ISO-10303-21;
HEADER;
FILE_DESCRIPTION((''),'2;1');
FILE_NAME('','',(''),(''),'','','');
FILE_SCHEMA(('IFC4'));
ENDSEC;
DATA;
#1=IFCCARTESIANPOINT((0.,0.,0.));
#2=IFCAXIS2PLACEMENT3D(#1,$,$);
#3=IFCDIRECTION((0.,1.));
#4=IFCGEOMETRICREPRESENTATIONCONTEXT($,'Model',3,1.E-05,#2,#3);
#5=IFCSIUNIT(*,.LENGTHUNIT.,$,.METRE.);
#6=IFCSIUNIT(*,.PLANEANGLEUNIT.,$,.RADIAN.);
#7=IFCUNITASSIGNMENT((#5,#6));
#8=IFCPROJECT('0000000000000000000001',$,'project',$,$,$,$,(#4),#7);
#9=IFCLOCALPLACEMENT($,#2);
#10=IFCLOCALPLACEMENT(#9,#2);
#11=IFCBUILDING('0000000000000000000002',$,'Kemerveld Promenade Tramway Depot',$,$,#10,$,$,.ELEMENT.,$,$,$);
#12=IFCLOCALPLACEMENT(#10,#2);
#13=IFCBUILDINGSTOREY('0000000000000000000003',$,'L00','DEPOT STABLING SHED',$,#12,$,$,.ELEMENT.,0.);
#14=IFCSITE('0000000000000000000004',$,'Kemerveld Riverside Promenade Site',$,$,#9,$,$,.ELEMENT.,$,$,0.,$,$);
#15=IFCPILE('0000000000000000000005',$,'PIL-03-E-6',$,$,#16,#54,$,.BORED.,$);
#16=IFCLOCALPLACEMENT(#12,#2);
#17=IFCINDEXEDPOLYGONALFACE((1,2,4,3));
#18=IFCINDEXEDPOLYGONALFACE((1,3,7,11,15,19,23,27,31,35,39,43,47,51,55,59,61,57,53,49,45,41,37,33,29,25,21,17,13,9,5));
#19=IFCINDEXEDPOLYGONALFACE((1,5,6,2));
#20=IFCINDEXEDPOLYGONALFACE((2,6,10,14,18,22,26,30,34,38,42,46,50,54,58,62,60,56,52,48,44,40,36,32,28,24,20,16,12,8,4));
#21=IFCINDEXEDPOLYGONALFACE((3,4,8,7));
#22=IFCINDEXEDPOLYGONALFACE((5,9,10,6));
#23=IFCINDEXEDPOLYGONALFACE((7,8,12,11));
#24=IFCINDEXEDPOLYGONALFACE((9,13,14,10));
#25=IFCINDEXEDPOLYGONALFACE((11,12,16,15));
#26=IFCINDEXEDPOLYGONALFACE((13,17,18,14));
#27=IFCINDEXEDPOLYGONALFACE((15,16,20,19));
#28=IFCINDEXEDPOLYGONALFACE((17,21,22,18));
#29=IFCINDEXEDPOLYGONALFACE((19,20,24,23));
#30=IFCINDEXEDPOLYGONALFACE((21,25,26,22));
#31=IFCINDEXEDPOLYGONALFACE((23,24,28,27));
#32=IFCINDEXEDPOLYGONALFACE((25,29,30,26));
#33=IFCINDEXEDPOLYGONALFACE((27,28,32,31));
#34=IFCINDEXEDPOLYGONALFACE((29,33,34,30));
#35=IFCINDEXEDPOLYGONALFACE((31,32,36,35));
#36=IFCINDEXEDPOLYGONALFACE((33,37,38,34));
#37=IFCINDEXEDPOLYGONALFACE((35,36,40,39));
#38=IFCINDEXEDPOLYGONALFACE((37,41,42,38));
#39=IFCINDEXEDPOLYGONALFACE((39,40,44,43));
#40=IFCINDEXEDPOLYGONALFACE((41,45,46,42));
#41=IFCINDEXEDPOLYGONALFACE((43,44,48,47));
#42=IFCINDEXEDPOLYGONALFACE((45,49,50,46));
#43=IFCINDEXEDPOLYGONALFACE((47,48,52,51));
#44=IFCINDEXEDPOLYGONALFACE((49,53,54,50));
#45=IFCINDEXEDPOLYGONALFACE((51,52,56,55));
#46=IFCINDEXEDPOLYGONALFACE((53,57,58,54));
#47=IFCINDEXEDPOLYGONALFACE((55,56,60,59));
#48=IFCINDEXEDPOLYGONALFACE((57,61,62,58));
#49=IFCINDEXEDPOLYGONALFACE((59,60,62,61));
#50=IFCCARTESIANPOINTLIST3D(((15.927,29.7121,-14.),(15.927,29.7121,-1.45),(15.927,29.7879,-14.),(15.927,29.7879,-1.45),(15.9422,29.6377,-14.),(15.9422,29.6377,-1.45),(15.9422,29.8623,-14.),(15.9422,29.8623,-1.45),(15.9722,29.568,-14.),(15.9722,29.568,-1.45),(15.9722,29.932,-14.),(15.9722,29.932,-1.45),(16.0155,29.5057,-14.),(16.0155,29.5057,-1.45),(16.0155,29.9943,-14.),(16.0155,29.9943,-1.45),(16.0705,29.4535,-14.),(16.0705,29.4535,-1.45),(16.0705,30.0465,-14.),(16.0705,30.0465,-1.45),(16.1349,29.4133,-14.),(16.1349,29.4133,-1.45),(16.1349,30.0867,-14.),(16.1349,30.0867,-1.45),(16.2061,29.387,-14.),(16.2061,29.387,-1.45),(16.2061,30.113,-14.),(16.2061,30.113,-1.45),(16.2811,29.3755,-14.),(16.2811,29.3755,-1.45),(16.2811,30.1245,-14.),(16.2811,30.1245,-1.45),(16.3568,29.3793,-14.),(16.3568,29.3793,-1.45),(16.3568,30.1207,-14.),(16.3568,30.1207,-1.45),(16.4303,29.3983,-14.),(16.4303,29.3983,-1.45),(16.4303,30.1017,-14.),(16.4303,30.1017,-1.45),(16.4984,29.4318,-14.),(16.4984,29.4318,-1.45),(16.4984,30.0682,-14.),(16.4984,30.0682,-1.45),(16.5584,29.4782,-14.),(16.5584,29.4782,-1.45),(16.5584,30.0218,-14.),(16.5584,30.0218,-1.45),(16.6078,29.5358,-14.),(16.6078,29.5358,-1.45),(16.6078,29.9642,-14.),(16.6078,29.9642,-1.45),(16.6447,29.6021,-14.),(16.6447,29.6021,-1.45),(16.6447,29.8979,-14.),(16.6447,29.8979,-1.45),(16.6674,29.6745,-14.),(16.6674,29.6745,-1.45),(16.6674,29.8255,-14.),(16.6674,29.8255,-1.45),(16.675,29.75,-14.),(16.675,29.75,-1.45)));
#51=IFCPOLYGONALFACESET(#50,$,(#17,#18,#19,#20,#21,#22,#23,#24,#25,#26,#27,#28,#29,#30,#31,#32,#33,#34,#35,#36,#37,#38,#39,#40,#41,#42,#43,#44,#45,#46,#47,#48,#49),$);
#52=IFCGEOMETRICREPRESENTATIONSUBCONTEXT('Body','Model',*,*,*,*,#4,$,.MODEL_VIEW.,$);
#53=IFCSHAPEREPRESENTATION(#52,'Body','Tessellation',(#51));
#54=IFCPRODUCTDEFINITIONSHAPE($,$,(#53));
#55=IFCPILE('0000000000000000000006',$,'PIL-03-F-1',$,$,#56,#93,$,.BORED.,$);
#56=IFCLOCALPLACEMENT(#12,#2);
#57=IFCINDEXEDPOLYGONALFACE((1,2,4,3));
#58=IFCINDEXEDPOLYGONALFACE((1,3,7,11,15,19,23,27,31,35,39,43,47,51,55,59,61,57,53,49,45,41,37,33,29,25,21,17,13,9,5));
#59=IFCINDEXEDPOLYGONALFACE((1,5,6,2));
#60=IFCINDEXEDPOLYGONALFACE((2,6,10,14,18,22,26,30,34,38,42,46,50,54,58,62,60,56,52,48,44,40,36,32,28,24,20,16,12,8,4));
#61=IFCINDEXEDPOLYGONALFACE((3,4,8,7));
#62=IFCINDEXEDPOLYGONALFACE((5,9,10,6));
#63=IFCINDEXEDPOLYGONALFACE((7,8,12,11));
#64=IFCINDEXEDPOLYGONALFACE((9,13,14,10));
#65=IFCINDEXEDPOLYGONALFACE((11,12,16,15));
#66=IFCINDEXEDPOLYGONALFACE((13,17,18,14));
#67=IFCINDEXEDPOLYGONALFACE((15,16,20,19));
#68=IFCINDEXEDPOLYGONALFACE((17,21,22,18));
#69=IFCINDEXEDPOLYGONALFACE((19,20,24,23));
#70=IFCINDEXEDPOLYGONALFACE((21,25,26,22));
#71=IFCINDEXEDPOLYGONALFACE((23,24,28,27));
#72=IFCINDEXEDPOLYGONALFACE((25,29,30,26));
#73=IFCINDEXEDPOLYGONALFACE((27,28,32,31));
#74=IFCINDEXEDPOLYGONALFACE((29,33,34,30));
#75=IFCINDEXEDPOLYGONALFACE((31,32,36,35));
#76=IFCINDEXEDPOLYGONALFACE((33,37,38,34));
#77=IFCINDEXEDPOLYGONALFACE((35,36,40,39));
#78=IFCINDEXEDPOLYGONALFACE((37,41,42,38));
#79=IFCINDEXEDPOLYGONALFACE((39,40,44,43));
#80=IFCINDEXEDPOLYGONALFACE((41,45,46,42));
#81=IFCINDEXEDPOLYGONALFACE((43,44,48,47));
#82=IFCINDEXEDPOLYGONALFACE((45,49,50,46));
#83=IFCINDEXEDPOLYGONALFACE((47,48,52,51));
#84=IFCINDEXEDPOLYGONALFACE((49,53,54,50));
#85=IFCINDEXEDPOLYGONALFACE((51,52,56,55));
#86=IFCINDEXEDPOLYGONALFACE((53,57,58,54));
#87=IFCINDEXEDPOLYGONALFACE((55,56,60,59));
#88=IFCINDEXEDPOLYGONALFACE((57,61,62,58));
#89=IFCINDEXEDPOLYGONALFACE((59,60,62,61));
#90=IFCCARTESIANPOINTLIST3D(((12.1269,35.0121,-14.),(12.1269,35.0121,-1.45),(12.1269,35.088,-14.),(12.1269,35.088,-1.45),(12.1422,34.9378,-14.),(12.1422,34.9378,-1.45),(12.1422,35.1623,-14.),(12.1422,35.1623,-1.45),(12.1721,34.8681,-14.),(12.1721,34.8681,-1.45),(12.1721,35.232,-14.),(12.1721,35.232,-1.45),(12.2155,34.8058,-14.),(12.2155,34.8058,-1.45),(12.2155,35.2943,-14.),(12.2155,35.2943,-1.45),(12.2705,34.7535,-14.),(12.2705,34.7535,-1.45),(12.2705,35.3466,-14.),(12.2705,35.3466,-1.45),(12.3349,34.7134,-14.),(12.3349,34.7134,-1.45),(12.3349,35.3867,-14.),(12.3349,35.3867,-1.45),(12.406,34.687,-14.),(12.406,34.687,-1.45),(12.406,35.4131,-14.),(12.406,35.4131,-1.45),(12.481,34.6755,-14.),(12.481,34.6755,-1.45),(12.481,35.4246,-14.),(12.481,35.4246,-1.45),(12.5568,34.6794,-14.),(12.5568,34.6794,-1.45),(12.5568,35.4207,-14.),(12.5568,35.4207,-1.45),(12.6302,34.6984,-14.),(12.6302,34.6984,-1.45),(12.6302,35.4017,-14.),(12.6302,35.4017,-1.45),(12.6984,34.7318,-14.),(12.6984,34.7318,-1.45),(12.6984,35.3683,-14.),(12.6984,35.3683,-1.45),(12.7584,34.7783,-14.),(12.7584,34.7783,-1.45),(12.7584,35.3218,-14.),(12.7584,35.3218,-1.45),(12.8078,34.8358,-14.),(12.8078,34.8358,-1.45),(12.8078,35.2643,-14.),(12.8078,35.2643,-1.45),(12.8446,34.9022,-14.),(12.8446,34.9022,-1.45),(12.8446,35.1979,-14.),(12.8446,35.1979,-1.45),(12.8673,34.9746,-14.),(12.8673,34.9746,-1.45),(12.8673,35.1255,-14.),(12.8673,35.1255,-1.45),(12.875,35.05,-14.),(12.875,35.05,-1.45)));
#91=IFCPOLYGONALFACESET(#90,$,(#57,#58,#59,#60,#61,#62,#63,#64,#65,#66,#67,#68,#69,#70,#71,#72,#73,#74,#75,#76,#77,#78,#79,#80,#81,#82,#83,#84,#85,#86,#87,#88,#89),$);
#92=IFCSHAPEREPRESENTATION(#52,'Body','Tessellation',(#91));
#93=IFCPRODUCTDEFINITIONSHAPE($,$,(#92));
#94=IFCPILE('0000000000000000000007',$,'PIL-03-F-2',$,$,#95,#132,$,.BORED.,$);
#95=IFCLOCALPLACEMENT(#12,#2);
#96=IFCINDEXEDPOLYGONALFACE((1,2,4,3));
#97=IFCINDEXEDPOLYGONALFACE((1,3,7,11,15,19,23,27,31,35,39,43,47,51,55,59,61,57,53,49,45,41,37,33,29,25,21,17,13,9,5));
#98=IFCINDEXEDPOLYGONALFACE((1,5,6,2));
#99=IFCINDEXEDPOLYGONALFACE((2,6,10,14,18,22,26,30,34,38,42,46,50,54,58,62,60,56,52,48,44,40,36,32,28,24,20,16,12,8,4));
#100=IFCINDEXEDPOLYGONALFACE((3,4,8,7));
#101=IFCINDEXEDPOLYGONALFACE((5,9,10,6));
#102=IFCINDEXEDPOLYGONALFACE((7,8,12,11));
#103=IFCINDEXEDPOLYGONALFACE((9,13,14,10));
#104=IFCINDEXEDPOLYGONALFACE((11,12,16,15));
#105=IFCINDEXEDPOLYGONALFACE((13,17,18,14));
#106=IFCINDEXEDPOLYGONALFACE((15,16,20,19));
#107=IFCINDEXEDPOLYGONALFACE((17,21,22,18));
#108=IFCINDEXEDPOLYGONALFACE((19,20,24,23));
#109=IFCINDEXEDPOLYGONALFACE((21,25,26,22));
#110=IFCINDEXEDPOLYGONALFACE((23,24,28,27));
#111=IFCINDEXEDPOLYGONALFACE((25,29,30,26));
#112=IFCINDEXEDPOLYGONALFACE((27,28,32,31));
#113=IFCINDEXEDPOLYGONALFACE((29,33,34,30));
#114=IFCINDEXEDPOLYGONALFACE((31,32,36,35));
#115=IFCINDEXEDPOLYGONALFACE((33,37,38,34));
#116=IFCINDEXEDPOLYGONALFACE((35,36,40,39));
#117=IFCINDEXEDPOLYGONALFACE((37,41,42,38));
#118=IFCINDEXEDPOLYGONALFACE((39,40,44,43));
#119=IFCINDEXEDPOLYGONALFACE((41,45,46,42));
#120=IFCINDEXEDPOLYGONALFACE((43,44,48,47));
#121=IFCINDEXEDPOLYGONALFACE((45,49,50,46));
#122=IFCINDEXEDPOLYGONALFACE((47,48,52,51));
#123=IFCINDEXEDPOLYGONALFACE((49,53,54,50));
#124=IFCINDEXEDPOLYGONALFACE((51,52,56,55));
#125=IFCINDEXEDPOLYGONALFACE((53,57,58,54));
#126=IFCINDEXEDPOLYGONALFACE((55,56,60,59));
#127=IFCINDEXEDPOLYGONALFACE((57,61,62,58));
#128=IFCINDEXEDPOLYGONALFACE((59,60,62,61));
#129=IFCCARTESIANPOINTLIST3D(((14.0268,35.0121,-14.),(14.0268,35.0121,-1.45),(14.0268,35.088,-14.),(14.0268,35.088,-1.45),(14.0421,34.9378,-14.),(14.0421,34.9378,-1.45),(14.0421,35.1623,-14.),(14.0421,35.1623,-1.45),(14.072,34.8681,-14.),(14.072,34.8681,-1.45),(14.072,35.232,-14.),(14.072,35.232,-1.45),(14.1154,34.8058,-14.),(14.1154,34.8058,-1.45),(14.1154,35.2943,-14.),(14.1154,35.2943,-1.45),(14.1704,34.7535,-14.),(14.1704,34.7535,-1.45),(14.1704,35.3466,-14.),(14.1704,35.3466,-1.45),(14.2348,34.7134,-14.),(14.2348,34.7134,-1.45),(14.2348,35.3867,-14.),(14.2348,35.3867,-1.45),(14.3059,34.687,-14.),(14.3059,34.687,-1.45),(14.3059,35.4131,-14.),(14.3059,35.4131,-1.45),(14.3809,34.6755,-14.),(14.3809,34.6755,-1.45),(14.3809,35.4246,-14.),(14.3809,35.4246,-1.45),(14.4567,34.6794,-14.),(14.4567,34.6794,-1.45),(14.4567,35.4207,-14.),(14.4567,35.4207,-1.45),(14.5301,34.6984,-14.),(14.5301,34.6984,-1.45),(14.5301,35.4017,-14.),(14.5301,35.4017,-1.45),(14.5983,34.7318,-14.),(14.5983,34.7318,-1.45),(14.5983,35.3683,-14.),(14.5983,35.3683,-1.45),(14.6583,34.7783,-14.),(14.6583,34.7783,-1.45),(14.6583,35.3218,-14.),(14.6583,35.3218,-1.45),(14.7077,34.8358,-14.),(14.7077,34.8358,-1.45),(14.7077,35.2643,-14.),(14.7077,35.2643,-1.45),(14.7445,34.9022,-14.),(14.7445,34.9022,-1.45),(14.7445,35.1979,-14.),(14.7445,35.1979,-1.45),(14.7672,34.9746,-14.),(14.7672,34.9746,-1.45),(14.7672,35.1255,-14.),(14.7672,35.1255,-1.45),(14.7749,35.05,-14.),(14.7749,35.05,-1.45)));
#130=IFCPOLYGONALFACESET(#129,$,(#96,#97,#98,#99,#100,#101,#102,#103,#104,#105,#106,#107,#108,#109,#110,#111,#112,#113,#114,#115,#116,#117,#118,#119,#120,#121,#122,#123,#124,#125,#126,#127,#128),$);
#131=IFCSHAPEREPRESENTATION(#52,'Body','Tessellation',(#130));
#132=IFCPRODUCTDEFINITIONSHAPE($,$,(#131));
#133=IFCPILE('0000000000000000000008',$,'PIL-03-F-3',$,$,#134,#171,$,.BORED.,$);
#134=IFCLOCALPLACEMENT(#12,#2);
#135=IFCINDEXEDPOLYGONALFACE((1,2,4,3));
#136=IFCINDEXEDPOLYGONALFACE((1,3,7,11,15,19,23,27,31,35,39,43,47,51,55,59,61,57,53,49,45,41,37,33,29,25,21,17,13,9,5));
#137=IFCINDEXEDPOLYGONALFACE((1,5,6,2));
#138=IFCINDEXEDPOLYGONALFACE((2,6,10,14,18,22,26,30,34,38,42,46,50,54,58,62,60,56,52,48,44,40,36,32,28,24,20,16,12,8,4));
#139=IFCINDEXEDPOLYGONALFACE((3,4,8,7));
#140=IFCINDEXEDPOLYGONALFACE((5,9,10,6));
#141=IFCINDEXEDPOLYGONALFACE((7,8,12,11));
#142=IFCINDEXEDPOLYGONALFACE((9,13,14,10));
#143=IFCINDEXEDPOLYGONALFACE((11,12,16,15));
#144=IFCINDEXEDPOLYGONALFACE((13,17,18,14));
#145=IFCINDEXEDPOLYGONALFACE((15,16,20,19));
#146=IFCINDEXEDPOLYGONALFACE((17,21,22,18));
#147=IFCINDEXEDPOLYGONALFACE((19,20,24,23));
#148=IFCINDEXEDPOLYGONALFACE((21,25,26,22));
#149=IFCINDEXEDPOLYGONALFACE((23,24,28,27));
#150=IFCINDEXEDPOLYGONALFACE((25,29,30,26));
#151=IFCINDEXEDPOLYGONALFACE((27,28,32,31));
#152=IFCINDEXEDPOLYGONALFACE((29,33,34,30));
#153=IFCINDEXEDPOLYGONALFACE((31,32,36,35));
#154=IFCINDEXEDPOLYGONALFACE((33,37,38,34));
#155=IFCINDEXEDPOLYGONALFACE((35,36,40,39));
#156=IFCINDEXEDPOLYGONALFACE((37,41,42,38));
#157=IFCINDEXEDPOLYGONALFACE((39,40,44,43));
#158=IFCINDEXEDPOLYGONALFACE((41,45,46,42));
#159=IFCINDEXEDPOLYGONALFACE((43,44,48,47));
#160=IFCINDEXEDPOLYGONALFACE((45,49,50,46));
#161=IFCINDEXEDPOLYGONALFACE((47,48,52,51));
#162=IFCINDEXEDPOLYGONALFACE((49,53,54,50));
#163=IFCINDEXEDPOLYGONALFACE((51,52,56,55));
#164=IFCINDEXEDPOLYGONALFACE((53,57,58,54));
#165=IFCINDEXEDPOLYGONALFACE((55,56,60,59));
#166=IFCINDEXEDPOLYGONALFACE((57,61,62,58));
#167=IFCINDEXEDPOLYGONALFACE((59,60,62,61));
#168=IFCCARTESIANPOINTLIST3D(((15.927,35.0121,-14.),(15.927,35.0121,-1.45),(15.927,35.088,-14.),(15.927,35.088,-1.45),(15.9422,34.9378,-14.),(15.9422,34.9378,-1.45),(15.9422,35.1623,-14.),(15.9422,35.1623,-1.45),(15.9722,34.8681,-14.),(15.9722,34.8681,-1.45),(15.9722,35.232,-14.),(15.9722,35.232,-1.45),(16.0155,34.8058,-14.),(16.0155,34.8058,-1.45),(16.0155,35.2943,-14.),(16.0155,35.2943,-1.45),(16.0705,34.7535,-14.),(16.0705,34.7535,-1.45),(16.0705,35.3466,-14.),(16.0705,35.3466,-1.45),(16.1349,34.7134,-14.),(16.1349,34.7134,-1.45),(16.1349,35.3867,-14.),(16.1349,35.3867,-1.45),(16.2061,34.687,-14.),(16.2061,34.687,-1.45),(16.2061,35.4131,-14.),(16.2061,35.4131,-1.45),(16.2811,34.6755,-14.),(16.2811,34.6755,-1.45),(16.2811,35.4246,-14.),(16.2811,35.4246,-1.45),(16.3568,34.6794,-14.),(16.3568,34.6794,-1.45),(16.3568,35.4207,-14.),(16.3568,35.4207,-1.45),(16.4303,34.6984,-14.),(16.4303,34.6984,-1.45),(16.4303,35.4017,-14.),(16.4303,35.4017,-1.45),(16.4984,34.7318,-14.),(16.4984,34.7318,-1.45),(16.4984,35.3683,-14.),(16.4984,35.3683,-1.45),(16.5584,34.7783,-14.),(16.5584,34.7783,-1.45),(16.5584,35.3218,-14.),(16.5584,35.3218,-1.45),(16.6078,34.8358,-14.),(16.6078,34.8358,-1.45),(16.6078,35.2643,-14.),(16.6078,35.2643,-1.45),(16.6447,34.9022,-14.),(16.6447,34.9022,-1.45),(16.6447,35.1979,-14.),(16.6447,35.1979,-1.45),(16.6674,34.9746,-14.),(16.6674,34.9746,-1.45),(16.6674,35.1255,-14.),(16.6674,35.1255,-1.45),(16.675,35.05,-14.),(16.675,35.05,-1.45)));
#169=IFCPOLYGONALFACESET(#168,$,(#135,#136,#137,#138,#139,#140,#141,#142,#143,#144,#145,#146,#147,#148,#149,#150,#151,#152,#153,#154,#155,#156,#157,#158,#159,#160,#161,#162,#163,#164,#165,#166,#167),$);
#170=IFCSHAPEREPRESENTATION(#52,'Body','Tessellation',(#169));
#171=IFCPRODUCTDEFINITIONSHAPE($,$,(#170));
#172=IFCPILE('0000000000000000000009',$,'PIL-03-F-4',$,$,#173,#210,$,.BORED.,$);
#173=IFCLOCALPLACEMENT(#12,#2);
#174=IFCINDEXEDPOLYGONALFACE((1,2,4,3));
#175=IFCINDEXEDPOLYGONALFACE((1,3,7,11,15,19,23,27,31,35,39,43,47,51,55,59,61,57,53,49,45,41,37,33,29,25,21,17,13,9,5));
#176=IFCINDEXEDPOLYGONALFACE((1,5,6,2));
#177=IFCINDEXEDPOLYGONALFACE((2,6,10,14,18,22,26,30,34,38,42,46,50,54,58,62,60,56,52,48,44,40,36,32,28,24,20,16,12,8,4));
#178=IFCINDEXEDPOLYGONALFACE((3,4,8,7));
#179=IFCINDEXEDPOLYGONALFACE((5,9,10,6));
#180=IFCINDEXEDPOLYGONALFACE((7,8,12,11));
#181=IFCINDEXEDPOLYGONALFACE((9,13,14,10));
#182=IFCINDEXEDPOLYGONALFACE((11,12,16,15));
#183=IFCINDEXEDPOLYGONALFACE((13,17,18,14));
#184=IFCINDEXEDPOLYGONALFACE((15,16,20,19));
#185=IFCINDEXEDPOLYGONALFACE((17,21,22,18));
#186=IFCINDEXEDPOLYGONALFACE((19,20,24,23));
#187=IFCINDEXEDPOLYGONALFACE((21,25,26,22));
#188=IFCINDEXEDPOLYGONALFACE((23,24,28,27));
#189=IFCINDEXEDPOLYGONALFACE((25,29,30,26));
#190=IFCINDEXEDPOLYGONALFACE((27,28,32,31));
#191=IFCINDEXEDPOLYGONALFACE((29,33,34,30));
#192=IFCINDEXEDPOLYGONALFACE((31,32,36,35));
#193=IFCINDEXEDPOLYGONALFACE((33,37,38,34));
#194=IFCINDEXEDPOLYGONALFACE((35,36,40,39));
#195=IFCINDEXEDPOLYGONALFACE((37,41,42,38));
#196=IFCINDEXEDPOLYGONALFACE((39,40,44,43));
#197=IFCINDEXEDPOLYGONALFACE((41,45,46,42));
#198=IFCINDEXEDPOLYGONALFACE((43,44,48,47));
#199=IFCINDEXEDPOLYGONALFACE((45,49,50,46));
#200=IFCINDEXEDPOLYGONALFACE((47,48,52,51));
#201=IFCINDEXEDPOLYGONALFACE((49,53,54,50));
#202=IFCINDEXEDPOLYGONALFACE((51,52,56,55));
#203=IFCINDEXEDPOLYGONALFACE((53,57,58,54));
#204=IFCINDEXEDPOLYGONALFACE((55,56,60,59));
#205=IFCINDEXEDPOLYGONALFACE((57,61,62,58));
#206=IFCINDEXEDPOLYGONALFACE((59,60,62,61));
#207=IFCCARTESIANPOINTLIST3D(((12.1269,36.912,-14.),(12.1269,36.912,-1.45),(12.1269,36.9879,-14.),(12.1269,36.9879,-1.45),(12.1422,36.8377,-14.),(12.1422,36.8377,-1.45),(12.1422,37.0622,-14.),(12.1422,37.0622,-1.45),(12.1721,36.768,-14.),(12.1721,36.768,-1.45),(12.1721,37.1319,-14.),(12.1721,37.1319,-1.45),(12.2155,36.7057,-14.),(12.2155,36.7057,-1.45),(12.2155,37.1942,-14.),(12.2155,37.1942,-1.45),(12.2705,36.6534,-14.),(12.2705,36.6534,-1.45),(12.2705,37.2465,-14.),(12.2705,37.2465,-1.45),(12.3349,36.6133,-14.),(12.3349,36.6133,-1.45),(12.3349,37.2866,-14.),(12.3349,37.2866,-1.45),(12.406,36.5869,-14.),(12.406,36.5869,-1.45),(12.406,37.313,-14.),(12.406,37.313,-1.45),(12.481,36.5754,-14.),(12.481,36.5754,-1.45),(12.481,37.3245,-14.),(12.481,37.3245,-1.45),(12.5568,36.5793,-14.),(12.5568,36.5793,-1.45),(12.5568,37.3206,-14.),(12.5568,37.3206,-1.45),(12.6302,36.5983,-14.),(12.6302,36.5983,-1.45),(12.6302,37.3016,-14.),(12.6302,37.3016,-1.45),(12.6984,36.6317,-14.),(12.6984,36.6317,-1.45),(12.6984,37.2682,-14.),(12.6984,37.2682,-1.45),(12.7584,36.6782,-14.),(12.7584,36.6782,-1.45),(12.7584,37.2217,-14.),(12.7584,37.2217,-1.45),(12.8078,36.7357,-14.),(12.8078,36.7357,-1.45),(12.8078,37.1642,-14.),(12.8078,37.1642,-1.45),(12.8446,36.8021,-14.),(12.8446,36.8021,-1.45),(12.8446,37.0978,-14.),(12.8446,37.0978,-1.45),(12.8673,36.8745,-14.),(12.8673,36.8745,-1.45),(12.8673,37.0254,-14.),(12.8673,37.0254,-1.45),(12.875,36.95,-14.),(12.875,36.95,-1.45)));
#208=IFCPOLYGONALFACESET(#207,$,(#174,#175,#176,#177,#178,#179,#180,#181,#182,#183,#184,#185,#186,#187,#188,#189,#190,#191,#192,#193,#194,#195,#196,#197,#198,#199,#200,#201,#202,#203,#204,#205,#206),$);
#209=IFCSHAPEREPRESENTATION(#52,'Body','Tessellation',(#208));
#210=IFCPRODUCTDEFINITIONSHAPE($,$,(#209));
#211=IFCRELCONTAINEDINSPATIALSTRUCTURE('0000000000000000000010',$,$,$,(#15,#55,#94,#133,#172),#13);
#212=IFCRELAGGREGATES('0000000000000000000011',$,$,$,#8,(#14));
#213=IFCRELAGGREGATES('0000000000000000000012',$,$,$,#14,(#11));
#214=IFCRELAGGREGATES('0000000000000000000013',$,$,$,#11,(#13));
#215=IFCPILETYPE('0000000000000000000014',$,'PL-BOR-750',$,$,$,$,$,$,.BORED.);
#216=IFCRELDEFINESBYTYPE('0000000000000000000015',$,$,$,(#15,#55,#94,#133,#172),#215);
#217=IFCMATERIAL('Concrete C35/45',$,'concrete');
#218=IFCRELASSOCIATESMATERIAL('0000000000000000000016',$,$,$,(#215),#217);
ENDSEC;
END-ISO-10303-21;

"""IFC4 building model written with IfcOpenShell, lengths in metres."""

from ifc_helpers import new_model, si_unit, direction, frame, origin, origin_2d, place, context, subcontext, project, spatial, circle, extrude, material, material_profile, profile_set, type_object, element, save


model = new_model("IFC4")

# Units and contexts
model_context = context("Model", 3, precision=1e-05, world=origin(), true_north=direction((0.0, 1.0)))
body_context = subcontext(model_context, "Body", "Model", "MODEL_VIEW")
ifc_project = project(units=[si_unit("LENGTHUNIT", "METRE"), si_unit("PLANEANGLEUNIT", "RADIAN")], contexts=[model_context])

# Site, building, storey
site_placement = place(None, origin())
site = spatial("IfcSite", under=ifc_project, at=site_placement, Name="Kemerveld Riverside Promenade Site", CompositionType="ELEMENT", RefElevation=0.0)
building_placement = place(site_placement, origin())
building = spatial("IfcBuilding", under=site, at=building_placement, Name="Kemerveld Promenade Tramway Depot", CompositionType="ELEMENT")
storey_placement = place(building_placement, origin())
storey = spatial("IfcBuildingStorey", under=building, at=storey_placement, Name="L00", Description="DEPOT STABLING SHED", CompositionType="ELEMENT", Elevation=0.0)

# Shared definitions
ifc_material_1 = material(Name="Concrete C35/45", Category="concrete")

# Piles
ifc_material_profile_1 = material_profile(ifc_material_1, circle(Radius=0.375, at=origin_2d()), Name="PILE-D750")
ifc_profile_set_1 = profile_set([ifc_material_profile_1], Name="Concrete C35/45")
pile_type_1 = type_object("IfcPileType", Name="PL-BOR-750", PredefinedType="BORED", material=ifc_profile_set_1)
for number, where, z_axis, x_axis, name in (
    (1, (16.3, 29.75, -1.45), (0.0, 0.0, -1.0), (1.0, 0.0, 0.0), "PIL-03-E-6"),
    (2, (12.5, 35.05, -1.45), (0.0, 0.0, -1.0), (1.0, 0.0, 0.0), "PIL-03-F-1"),
    (3, (14.3999, 35.05, -1.45), (0.0, 0.0, -1.0), (1.0, 0.0, 0.0), "PIL-03-F-2"),
    (4, (16.3, 35.05, -1.45), (0.0, 0.0, -1.0), (1.0, 0.0, 0.0), "PIL-03-F-3"),
    (5, (12.5, 36.95, -1.45), (0.0, 0.0, -1.0), (1.0, 0.0, 0.0), "PIL-03-F-4"),
):
    element("IfcPile", number, at=place(storey_placement, frame(where, z_axis=z_axis, x_axis=x_axis)), inside=storey, type_object=pile_type_1, Name=name, PredefinedType="BORED", context=body_context, shape_type="SweptSolid", body=[
        extrude(circle(Radius=0.375, at=origin_2d()), origin(), (0.0, 0.0, 1.0), 12.55),
    ])

save(model, "model.ifc")
